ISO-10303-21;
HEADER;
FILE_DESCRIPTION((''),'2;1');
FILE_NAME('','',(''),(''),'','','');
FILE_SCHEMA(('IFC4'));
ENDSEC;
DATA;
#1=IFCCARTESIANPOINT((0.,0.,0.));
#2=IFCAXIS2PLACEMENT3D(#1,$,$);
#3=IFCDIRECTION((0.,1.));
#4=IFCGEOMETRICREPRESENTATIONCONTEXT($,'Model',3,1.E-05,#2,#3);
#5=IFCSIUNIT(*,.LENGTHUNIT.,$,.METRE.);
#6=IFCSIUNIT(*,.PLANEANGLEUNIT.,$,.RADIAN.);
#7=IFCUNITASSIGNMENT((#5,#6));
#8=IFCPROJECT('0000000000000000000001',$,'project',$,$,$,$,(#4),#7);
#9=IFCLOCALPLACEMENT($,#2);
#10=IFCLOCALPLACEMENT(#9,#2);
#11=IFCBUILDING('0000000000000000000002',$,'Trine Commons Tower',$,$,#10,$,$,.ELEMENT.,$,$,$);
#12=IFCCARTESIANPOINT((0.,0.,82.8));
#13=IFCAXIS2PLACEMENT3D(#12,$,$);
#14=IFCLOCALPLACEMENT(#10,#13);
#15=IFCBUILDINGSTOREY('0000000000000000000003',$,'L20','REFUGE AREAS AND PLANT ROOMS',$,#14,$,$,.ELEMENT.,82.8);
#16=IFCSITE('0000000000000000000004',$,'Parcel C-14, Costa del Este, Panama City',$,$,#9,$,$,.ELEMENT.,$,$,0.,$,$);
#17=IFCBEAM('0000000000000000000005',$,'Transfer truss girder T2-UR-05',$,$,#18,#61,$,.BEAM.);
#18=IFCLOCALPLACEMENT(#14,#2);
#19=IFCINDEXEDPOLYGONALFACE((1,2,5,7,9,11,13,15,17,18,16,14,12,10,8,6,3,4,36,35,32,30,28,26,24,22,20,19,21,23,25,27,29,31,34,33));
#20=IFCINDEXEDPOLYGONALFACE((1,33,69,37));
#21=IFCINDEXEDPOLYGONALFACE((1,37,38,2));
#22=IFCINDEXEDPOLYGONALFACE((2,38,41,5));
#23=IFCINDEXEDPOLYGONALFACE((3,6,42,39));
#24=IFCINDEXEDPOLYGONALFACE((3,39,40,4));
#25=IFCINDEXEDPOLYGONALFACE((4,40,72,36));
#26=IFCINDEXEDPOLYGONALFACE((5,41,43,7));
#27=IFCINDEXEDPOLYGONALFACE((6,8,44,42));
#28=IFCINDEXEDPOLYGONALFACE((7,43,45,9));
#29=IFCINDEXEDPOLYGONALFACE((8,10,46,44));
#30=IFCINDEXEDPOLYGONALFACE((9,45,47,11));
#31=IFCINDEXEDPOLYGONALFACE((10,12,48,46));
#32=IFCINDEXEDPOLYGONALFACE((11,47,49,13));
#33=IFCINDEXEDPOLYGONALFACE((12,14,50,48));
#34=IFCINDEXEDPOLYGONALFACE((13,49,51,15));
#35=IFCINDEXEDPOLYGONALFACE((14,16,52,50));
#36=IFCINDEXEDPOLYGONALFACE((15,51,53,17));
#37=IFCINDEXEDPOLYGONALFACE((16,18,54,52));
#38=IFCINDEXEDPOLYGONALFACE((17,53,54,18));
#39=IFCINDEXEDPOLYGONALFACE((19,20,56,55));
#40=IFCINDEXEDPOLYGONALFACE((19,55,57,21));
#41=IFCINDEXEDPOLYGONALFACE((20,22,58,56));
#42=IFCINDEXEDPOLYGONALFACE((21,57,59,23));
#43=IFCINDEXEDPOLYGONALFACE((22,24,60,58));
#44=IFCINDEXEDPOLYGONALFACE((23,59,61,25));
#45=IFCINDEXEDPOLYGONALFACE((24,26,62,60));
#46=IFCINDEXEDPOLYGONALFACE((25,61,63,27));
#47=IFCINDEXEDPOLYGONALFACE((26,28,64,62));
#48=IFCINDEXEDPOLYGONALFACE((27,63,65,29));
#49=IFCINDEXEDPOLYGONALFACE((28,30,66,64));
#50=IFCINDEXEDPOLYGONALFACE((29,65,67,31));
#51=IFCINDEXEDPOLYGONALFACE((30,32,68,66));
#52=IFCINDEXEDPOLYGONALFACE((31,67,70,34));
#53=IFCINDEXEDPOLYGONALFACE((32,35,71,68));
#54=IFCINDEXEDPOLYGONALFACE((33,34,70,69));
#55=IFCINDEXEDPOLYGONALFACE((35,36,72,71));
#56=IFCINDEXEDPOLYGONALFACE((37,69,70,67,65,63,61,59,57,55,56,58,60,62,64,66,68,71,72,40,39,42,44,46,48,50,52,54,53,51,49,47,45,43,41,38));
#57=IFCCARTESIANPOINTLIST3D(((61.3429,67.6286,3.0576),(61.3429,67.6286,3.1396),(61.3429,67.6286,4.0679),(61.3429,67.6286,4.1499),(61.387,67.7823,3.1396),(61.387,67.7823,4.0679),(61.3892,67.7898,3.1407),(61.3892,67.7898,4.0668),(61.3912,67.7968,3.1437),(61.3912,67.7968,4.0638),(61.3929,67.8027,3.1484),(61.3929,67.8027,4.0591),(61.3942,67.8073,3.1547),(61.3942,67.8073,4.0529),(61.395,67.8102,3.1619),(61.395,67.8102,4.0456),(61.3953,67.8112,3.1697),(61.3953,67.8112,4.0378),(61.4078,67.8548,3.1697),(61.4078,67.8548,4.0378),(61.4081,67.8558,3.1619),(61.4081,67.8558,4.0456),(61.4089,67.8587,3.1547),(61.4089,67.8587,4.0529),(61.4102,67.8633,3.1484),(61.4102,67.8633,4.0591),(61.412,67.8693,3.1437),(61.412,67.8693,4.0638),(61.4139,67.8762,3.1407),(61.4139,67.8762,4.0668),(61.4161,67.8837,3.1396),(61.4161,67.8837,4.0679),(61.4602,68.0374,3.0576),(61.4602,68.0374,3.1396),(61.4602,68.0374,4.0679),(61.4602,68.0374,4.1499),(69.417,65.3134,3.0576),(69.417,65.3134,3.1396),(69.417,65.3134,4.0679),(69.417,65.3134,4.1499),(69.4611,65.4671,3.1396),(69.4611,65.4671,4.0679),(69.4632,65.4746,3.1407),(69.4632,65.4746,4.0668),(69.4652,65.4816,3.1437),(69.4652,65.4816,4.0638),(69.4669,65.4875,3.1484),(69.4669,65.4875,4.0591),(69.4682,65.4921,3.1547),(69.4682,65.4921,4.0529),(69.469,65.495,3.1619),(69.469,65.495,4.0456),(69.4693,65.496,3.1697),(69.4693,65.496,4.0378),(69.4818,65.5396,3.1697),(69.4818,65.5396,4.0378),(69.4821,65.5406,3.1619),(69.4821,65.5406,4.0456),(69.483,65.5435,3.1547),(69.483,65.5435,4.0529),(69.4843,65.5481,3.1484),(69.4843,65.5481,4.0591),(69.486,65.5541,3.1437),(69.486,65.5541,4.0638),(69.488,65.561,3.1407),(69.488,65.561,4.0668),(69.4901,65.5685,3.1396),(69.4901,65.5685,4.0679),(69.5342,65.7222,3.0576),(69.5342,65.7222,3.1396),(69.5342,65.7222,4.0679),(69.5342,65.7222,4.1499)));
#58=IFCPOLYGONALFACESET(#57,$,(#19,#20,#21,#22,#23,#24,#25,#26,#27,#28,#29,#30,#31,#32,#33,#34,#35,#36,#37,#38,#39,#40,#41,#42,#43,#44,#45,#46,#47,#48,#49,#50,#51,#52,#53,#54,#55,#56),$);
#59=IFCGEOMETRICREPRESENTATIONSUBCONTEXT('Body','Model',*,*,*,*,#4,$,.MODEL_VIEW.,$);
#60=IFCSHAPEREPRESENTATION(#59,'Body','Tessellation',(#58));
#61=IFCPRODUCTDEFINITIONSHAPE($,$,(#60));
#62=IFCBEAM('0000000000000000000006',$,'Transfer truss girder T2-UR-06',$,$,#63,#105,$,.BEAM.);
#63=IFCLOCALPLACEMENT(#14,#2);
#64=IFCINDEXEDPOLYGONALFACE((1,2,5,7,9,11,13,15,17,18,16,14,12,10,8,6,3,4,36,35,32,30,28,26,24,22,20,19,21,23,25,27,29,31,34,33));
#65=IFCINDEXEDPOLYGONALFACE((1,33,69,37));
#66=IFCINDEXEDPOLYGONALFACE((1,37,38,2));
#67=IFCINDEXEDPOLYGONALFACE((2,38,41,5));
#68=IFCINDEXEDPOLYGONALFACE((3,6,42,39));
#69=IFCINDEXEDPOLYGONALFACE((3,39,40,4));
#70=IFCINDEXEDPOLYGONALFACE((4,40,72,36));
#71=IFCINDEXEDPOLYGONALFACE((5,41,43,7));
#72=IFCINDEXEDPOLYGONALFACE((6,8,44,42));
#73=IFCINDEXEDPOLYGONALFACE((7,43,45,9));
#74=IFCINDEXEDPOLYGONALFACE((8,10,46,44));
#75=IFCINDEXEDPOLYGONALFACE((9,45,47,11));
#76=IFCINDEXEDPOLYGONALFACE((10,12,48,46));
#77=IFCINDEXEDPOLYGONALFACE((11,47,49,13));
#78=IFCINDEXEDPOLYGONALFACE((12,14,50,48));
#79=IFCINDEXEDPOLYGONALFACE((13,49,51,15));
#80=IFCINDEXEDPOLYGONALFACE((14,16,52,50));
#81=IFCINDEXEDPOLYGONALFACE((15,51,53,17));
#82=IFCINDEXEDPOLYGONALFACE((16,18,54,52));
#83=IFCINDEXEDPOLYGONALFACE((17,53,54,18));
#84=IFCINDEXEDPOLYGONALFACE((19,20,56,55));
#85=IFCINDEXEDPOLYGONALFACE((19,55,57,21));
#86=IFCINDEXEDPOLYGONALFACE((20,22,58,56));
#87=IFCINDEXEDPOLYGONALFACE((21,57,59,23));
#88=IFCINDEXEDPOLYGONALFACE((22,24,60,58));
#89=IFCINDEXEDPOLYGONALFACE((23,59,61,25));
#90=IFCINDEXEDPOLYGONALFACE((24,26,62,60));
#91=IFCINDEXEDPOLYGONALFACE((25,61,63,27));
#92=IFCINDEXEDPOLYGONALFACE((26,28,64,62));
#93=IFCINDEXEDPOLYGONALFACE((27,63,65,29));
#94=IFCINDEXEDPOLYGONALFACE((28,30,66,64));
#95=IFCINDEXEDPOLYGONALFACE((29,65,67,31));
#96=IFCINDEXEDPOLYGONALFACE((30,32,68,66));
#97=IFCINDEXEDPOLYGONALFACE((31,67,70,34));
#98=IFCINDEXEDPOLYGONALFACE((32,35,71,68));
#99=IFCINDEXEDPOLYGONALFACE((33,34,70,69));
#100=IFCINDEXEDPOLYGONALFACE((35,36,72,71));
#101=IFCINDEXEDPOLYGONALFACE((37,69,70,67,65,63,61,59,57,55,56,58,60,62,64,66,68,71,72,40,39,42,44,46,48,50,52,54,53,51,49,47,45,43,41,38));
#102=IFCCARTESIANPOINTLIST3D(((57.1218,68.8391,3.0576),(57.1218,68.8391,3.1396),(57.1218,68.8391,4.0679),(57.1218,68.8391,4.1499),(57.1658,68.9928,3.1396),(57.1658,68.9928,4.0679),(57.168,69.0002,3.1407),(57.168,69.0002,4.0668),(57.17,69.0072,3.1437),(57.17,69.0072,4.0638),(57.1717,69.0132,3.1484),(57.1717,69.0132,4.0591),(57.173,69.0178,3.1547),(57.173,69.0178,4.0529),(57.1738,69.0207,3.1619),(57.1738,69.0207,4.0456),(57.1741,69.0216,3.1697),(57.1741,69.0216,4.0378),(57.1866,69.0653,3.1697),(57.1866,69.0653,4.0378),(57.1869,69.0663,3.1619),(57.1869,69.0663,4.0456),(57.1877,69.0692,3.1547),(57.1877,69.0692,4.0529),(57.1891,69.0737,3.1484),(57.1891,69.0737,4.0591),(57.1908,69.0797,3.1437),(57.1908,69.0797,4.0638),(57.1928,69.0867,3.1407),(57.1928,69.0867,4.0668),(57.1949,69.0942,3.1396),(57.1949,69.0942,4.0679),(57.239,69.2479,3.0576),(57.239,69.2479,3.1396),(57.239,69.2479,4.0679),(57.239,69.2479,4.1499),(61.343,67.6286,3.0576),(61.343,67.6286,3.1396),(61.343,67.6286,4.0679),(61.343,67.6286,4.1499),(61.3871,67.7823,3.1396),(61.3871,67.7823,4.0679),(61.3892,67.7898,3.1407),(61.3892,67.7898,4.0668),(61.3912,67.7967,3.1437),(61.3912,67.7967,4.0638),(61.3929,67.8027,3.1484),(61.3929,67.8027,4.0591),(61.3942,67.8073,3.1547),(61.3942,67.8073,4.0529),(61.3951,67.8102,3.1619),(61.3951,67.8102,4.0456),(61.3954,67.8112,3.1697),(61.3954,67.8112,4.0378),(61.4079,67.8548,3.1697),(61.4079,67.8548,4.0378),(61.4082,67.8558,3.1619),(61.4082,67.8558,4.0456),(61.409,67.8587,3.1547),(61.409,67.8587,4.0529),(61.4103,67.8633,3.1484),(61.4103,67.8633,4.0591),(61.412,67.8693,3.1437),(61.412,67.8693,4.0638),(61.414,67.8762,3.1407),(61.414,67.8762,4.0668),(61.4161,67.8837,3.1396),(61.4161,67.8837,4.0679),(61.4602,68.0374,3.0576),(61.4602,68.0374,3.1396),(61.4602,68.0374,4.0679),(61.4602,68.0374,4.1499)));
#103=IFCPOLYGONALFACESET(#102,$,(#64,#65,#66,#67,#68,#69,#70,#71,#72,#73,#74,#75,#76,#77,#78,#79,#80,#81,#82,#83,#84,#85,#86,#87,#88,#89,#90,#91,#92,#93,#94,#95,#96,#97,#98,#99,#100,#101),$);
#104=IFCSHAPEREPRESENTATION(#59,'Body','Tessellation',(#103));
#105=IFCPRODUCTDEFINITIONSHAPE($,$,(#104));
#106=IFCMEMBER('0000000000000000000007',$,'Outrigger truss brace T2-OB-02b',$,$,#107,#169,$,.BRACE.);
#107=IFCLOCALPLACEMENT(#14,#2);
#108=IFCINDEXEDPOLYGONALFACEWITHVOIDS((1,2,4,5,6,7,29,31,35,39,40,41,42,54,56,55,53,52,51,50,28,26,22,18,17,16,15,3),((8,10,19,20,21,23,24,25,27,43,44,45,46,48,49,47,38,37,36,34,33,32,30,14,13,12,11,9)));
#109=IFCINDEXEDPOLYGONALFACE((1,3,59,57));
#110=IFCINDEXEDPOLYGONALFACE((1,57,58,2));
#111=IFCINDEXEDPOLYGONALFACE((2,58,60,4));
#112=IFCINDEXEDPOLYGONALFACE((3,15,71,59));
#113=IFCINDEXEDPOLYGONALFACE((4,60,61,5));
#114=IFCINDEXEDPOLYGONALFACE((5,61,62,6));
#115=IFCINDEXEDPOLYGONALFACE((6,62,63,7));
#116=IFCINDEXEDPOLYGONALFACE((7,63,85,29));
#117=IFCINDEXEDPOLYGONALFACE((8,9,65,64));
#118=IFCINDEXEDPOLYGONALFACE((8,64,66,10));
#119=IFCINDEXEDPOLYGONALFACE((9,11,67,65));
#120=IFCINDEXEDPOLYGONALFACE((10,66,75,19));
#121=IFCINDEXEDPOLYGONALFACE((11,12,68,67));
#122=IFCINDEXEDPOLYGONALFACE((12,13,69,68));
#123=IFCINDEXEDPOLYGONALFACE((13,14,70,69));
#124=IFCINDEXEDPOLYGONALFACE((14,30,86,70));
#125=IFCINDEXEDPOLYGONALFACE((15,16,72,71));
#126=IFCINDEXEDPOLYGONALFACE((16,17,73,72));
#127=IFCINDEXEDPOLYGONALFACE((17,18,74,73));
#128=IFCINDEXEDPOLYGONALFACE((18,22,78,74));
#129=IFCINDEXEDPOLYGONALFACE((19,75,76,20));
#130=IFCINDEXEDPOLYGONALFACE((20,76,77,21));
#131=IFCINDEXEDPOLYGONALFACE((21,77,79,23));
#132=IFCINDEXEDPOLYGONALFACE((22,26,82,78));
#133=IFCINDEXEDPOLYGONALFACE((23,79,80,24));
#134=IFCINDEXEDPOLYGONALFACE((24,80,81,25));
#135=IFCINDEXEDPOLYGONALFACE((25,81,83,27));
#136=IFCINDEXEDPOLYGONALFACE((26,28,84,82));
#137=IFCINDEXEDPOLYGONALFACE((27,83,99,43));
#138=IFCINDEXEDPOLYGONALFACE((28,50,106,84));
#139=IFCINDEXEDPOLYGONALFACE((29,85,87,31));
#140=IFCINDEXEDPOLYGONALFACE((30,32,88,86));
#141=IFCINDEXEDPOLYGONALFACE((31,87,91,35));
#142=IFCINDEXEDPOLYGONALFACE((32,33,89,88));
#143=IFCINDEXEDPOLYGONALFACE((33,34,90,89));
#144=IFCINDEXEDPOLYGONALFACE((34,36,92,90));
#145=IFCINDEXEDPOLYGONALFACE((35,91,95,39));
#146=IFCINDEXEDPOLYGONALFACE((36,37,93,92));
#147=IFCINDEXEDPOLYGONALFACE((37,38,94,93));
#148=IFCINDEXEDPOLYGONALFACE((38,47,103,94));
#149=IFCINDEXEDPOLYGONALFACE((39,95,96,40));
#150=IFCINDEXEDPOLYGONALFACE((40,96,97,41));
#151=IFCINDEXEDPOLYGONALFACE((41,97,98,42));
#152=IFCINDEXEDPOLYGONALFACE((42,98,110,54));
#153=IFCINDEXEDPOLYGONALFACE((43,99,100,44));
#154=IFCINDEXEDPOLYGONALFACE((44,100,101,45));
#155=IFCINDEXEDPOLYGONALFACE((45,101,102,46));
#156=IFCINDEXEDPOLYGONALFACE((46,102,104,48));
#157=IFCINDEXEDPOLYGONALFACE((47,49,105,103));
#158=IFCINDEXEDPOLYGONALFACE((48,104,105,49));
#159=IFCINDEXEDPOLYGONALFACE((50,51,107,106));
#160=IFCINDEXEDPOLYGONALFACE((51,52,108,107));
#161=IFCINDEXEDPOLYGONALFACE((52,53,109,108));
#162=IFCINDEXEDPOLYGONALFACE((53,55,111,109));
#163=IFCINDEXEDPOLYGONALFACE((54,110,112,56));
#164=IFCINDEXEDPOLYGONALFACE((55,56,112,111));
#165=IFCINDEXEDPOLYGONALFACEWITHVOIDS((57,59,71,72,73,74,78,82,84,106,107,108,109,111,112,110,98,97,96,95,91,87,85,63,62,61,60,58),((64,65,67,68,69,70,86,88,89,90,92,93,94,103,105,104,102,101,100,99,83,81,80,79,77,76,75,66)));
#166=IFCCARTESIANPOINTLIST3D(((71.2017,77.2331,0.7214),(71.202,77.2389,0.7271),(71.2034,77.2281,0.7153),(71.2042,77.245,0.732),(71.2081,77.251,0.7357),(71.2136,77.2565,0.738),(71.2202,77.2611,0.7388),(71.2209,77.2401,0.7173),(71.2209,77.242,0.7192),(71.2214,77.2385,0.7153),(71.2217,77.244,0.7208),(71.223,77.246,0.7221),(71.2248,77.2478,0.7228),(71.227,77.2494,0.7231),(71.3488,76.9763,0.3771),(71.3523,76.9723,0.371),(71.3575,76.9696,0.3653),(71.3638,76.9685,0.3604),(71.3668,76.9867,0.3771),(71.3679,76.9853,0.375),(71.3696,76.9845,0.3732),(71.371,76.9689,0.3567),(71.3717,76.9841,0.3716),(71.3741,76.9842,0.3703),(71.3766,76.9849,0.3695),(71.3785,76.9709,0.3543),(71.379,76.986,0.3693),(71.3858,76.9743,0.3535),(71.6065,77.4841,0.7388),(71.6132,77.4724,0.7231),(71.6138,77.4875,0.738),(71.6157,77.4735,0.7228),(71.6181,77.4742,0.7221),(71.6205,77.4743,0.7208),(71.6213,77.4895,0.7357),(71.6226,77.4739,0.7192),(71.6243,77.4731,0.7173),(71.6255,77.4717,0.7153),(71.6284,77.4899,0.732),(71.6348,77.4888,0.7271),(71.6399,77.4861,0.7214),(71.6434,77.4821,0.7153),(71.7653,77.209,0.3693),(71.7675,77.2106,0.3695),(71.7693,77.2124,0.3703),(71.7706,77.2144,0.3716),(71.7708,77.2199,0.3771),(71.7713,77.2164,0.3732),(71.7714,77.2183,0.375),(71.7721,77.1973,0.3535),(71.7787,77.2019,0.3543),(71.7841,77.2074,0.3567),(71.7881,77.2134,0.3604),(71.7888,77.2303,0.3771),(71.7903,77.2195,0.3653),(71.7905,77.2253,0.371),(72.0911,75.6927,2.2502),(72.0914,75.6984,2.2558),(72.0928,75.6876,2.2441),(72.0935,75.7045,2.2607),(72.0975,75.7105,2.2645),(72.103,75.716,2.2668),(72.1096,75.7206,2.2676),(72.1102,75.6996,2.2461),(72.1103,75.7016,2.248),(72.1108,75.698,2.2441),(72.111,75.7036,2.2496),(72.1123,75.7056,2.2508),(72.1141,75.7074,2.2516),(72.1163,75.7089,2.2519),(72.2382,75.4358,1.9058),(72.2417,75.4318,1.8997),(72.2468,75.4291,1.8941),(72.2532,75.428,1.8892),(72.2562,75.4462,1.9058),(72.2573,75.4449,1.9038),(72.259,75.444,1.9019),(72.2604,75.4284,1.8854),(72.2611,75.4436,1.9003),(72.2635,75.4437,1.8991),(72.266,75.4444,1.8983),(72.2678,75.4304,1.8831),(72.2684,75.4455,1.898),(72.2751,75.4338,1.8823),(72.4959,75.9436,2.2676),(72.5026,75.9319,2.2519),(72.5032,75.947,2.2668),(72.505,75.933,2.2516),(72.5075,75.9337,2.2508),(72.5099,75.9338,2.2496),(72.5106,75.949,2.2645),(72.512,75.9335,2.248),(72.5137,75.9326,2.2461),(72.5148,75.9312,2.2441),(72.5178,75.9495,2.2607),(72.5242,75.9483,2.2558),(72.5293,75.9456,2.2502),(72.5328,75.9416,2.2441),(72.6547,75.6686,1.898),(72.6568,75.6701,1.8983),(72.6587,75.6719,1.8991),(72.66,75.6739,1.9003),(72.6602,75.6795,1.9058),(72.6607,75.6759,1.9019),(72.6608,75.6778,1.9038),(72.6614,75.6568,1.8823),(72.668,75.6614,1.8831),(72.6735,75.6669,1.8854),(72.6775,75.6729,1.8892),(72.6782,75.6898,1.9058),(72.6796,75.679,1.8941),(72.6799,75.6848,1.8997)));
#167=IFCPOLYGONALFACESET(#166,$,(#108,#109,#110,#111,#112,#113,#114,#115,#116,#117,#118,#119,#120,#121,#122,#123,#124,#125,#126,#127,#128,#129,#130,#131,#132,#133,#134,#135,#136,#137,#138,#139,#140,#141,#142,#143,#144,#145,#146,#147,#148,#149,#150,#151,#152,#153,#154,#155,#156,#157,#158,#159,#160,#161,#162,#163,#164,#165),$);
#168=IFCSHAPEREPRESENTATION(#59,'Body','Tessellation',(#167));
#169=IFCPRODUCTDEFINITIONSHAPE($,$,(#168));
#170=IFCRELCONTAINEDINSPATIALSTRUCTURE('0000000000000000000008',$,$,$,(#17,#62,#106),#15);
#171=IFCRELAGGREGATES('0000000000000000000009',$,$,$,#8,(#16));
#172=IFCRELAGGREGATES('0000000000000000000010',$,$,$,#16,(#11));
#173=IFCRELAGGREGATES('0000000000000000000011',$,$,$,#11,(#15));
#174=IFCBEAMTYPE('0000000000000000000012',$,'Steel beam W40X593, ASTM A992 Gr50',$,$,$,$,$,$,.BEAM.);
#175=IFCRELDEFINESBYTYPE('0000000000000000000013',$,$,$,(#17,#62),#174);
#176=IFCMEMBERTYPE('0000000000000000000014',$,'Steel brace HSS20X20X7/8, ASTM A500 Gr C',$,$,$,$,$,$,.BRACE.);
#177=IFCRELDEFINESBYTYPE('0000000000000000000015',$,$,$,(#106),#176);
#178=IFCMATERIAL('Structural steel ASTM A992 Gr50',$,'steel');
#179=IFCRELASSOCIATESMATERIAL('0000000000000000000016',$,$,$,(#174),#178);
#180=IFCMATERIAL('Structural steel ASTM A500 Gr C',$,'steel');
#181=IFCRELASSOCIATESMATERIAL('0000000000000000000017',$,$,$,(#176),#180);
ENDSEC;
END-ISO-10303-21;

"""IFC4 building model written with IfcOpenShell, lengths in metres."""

from ifc_helpers import new_model, si_unit, direction, frame, origin, origin_2d, place, context, subcontext, project, spatial, hollow_rectangle, i_section, extrude, material, material_profile, profile_set, type_object, element, save


model = new_model("IFC4")

# Units and contexts
model_context = context("Model", 3, precision=1e-05, world=origin(), true_north=direction((0.0, 1.0)))
body_context = subcontext(model_context, "Body", "Model", "MODEL_VIEW")
ifc_project = project(units=[si_unit("LENGTHUNIT", "METRE"), si_unit("PLANEANGLEUNIT", "RADIAN")], contexts=[model_context])

# Site, building, storey
site_placement = place(None, origin())
site = spatial("IfcSite", under=ifc_project, at=site_placement, Name="Parcel C-14, Costa del Este, Panama City", CompositionType="ELEMENT", RefElevation=0.0)
building_placement = place(site_placement, origin())
building = spatial("IfcBuilding", under=site, at=building_placement, Name="Trine Commons Tower", CompositionType="ELEMENT")
storey_placement = place(building_placement, frame((0.0, 0.0, 82.8)))
storey = spatial("IfcBuildingStorey", under=building, at=storey_placement, Name="L20", Description="REFUGE AREAS AND PLANT ROOMS", CompositionType="ELEMENT", Elevation=82.8)

# Beams
ifc_material_1 = material(Name="Structural steel ASTM A992 Gr50", Category="steel")
ifc_material_profile_1 = material_profile(ifc_material_1, i_section(OverallWidth=0.4253, OverallDepth=1.0923, WebThickness=0.0454, FlangeThickness=0.082, FilletRadius=0.03, at=origin_2d()), Name="W40X593")
ifc_profile_set_1 = profile_set([ifc_material_profile_1], Name="Structural steel ASTM A992 Gr50")
beam_type = type_object("IfcBeamType", Name="Steel beam W40X593, ASTM A992 Gr50", PredefinedType="BEAM", material=ifc_profile_set_1)
beam_1_placement = place(storey_placement, frame((69.4756, 65.5178, 3.6038), z_axis=(-0.961261, 0.275639, 0.0), x_axis=(-0.275639, -0.961261, 0.0)))
element("IfcBeam", 1, at=beam_1_placement, inside=storey, type_object=beam_type, Name="Transfer truss girder T2-UR-05", PredefinedType="BEAM", context=body_context, shape_type="SweptSolid", body=[
    extrude(i_section(OverallWidth=0.4253, OverallDepth=1.0923, WebThickness=0.0454, FlangeThickness=0.082, FilletRadius=0.03, at=origin_2d()), origin(), (0.0, 0.0, 1.0), 8.3994),
])
beam_2_placement = place(storey_placement, frame((61.4016, 67.833, 3.6038), z_axis=(-0.961259, 0.275646, 0.0), x_axis=(-0.275646, -0.961259, 0.0)))
element("IfcBeam", 2, at=beam_2_placement, inside=storey, type_object=beam_type, Name="Transfer truss girder T2-UR-06", PredefinedType="BEAM", context=body_context, shape_type="SweptSolid", body=[
    extrude(i_section(OverallWidth=0.4253, OverallDepth=1.0923, WebThickness=0.0454, FlangeThickness=0.082, FilletRadius=0.03, at=origin_2d()), origin(), (0.0, 0.0, 1.0), 4.3914),
])

# Member
ifc_material_2 = material(Name="Structural steel ASTM A500 Gr C", Category="steel")
ifc_material_profile_2 = material_profile(ifc_material_2, hollow_rectangle(XDim=0.5081, YDim=0.5081, WallThickness=0.0208, InnerFilletRadius=0.0103, OuterFilletRadius=0.031, at=origin_2d()), Name="HSS20X20X7/8")
ifc_profile_set_2 = profile_set([ifc_material_profile_2], Name="Structural steel ASTM A500 Gr C")
member_type_1 = type_object("IfcMemberType", Name="Steel brace HSS20X20X7/8, ASTM A500 Gr C", PredefinedType="BRACE", material=ifc_profile_set_2)
member_1_placement = place(storey_placement, frame((72.3855, 75.6887, 2.075), z_axis=(-0.379191, 0.656792, -0.651796), x_axis=(-0.86603, -0.499992, 0.0)))
element("IfcMember", 3, at=member_1_placement, inside=storey, type_object=member_type_1, Name="Outrigger truss brace T2-OB-02b", PredefinedType="BRACE", context=body_context, shape_type="SweptSolid", body=[
    extrude(hollow_rectangle(XDim=0.5081, YDim=0.5081, WallThickness=0.0208, InnerFilletRadius=0.0103, OuterFilletRadius=0.031, at=origin_2d()), origin(), (0.0, 0.0, 1.0), 2.3455),
])

save(model, "model.ifc")
